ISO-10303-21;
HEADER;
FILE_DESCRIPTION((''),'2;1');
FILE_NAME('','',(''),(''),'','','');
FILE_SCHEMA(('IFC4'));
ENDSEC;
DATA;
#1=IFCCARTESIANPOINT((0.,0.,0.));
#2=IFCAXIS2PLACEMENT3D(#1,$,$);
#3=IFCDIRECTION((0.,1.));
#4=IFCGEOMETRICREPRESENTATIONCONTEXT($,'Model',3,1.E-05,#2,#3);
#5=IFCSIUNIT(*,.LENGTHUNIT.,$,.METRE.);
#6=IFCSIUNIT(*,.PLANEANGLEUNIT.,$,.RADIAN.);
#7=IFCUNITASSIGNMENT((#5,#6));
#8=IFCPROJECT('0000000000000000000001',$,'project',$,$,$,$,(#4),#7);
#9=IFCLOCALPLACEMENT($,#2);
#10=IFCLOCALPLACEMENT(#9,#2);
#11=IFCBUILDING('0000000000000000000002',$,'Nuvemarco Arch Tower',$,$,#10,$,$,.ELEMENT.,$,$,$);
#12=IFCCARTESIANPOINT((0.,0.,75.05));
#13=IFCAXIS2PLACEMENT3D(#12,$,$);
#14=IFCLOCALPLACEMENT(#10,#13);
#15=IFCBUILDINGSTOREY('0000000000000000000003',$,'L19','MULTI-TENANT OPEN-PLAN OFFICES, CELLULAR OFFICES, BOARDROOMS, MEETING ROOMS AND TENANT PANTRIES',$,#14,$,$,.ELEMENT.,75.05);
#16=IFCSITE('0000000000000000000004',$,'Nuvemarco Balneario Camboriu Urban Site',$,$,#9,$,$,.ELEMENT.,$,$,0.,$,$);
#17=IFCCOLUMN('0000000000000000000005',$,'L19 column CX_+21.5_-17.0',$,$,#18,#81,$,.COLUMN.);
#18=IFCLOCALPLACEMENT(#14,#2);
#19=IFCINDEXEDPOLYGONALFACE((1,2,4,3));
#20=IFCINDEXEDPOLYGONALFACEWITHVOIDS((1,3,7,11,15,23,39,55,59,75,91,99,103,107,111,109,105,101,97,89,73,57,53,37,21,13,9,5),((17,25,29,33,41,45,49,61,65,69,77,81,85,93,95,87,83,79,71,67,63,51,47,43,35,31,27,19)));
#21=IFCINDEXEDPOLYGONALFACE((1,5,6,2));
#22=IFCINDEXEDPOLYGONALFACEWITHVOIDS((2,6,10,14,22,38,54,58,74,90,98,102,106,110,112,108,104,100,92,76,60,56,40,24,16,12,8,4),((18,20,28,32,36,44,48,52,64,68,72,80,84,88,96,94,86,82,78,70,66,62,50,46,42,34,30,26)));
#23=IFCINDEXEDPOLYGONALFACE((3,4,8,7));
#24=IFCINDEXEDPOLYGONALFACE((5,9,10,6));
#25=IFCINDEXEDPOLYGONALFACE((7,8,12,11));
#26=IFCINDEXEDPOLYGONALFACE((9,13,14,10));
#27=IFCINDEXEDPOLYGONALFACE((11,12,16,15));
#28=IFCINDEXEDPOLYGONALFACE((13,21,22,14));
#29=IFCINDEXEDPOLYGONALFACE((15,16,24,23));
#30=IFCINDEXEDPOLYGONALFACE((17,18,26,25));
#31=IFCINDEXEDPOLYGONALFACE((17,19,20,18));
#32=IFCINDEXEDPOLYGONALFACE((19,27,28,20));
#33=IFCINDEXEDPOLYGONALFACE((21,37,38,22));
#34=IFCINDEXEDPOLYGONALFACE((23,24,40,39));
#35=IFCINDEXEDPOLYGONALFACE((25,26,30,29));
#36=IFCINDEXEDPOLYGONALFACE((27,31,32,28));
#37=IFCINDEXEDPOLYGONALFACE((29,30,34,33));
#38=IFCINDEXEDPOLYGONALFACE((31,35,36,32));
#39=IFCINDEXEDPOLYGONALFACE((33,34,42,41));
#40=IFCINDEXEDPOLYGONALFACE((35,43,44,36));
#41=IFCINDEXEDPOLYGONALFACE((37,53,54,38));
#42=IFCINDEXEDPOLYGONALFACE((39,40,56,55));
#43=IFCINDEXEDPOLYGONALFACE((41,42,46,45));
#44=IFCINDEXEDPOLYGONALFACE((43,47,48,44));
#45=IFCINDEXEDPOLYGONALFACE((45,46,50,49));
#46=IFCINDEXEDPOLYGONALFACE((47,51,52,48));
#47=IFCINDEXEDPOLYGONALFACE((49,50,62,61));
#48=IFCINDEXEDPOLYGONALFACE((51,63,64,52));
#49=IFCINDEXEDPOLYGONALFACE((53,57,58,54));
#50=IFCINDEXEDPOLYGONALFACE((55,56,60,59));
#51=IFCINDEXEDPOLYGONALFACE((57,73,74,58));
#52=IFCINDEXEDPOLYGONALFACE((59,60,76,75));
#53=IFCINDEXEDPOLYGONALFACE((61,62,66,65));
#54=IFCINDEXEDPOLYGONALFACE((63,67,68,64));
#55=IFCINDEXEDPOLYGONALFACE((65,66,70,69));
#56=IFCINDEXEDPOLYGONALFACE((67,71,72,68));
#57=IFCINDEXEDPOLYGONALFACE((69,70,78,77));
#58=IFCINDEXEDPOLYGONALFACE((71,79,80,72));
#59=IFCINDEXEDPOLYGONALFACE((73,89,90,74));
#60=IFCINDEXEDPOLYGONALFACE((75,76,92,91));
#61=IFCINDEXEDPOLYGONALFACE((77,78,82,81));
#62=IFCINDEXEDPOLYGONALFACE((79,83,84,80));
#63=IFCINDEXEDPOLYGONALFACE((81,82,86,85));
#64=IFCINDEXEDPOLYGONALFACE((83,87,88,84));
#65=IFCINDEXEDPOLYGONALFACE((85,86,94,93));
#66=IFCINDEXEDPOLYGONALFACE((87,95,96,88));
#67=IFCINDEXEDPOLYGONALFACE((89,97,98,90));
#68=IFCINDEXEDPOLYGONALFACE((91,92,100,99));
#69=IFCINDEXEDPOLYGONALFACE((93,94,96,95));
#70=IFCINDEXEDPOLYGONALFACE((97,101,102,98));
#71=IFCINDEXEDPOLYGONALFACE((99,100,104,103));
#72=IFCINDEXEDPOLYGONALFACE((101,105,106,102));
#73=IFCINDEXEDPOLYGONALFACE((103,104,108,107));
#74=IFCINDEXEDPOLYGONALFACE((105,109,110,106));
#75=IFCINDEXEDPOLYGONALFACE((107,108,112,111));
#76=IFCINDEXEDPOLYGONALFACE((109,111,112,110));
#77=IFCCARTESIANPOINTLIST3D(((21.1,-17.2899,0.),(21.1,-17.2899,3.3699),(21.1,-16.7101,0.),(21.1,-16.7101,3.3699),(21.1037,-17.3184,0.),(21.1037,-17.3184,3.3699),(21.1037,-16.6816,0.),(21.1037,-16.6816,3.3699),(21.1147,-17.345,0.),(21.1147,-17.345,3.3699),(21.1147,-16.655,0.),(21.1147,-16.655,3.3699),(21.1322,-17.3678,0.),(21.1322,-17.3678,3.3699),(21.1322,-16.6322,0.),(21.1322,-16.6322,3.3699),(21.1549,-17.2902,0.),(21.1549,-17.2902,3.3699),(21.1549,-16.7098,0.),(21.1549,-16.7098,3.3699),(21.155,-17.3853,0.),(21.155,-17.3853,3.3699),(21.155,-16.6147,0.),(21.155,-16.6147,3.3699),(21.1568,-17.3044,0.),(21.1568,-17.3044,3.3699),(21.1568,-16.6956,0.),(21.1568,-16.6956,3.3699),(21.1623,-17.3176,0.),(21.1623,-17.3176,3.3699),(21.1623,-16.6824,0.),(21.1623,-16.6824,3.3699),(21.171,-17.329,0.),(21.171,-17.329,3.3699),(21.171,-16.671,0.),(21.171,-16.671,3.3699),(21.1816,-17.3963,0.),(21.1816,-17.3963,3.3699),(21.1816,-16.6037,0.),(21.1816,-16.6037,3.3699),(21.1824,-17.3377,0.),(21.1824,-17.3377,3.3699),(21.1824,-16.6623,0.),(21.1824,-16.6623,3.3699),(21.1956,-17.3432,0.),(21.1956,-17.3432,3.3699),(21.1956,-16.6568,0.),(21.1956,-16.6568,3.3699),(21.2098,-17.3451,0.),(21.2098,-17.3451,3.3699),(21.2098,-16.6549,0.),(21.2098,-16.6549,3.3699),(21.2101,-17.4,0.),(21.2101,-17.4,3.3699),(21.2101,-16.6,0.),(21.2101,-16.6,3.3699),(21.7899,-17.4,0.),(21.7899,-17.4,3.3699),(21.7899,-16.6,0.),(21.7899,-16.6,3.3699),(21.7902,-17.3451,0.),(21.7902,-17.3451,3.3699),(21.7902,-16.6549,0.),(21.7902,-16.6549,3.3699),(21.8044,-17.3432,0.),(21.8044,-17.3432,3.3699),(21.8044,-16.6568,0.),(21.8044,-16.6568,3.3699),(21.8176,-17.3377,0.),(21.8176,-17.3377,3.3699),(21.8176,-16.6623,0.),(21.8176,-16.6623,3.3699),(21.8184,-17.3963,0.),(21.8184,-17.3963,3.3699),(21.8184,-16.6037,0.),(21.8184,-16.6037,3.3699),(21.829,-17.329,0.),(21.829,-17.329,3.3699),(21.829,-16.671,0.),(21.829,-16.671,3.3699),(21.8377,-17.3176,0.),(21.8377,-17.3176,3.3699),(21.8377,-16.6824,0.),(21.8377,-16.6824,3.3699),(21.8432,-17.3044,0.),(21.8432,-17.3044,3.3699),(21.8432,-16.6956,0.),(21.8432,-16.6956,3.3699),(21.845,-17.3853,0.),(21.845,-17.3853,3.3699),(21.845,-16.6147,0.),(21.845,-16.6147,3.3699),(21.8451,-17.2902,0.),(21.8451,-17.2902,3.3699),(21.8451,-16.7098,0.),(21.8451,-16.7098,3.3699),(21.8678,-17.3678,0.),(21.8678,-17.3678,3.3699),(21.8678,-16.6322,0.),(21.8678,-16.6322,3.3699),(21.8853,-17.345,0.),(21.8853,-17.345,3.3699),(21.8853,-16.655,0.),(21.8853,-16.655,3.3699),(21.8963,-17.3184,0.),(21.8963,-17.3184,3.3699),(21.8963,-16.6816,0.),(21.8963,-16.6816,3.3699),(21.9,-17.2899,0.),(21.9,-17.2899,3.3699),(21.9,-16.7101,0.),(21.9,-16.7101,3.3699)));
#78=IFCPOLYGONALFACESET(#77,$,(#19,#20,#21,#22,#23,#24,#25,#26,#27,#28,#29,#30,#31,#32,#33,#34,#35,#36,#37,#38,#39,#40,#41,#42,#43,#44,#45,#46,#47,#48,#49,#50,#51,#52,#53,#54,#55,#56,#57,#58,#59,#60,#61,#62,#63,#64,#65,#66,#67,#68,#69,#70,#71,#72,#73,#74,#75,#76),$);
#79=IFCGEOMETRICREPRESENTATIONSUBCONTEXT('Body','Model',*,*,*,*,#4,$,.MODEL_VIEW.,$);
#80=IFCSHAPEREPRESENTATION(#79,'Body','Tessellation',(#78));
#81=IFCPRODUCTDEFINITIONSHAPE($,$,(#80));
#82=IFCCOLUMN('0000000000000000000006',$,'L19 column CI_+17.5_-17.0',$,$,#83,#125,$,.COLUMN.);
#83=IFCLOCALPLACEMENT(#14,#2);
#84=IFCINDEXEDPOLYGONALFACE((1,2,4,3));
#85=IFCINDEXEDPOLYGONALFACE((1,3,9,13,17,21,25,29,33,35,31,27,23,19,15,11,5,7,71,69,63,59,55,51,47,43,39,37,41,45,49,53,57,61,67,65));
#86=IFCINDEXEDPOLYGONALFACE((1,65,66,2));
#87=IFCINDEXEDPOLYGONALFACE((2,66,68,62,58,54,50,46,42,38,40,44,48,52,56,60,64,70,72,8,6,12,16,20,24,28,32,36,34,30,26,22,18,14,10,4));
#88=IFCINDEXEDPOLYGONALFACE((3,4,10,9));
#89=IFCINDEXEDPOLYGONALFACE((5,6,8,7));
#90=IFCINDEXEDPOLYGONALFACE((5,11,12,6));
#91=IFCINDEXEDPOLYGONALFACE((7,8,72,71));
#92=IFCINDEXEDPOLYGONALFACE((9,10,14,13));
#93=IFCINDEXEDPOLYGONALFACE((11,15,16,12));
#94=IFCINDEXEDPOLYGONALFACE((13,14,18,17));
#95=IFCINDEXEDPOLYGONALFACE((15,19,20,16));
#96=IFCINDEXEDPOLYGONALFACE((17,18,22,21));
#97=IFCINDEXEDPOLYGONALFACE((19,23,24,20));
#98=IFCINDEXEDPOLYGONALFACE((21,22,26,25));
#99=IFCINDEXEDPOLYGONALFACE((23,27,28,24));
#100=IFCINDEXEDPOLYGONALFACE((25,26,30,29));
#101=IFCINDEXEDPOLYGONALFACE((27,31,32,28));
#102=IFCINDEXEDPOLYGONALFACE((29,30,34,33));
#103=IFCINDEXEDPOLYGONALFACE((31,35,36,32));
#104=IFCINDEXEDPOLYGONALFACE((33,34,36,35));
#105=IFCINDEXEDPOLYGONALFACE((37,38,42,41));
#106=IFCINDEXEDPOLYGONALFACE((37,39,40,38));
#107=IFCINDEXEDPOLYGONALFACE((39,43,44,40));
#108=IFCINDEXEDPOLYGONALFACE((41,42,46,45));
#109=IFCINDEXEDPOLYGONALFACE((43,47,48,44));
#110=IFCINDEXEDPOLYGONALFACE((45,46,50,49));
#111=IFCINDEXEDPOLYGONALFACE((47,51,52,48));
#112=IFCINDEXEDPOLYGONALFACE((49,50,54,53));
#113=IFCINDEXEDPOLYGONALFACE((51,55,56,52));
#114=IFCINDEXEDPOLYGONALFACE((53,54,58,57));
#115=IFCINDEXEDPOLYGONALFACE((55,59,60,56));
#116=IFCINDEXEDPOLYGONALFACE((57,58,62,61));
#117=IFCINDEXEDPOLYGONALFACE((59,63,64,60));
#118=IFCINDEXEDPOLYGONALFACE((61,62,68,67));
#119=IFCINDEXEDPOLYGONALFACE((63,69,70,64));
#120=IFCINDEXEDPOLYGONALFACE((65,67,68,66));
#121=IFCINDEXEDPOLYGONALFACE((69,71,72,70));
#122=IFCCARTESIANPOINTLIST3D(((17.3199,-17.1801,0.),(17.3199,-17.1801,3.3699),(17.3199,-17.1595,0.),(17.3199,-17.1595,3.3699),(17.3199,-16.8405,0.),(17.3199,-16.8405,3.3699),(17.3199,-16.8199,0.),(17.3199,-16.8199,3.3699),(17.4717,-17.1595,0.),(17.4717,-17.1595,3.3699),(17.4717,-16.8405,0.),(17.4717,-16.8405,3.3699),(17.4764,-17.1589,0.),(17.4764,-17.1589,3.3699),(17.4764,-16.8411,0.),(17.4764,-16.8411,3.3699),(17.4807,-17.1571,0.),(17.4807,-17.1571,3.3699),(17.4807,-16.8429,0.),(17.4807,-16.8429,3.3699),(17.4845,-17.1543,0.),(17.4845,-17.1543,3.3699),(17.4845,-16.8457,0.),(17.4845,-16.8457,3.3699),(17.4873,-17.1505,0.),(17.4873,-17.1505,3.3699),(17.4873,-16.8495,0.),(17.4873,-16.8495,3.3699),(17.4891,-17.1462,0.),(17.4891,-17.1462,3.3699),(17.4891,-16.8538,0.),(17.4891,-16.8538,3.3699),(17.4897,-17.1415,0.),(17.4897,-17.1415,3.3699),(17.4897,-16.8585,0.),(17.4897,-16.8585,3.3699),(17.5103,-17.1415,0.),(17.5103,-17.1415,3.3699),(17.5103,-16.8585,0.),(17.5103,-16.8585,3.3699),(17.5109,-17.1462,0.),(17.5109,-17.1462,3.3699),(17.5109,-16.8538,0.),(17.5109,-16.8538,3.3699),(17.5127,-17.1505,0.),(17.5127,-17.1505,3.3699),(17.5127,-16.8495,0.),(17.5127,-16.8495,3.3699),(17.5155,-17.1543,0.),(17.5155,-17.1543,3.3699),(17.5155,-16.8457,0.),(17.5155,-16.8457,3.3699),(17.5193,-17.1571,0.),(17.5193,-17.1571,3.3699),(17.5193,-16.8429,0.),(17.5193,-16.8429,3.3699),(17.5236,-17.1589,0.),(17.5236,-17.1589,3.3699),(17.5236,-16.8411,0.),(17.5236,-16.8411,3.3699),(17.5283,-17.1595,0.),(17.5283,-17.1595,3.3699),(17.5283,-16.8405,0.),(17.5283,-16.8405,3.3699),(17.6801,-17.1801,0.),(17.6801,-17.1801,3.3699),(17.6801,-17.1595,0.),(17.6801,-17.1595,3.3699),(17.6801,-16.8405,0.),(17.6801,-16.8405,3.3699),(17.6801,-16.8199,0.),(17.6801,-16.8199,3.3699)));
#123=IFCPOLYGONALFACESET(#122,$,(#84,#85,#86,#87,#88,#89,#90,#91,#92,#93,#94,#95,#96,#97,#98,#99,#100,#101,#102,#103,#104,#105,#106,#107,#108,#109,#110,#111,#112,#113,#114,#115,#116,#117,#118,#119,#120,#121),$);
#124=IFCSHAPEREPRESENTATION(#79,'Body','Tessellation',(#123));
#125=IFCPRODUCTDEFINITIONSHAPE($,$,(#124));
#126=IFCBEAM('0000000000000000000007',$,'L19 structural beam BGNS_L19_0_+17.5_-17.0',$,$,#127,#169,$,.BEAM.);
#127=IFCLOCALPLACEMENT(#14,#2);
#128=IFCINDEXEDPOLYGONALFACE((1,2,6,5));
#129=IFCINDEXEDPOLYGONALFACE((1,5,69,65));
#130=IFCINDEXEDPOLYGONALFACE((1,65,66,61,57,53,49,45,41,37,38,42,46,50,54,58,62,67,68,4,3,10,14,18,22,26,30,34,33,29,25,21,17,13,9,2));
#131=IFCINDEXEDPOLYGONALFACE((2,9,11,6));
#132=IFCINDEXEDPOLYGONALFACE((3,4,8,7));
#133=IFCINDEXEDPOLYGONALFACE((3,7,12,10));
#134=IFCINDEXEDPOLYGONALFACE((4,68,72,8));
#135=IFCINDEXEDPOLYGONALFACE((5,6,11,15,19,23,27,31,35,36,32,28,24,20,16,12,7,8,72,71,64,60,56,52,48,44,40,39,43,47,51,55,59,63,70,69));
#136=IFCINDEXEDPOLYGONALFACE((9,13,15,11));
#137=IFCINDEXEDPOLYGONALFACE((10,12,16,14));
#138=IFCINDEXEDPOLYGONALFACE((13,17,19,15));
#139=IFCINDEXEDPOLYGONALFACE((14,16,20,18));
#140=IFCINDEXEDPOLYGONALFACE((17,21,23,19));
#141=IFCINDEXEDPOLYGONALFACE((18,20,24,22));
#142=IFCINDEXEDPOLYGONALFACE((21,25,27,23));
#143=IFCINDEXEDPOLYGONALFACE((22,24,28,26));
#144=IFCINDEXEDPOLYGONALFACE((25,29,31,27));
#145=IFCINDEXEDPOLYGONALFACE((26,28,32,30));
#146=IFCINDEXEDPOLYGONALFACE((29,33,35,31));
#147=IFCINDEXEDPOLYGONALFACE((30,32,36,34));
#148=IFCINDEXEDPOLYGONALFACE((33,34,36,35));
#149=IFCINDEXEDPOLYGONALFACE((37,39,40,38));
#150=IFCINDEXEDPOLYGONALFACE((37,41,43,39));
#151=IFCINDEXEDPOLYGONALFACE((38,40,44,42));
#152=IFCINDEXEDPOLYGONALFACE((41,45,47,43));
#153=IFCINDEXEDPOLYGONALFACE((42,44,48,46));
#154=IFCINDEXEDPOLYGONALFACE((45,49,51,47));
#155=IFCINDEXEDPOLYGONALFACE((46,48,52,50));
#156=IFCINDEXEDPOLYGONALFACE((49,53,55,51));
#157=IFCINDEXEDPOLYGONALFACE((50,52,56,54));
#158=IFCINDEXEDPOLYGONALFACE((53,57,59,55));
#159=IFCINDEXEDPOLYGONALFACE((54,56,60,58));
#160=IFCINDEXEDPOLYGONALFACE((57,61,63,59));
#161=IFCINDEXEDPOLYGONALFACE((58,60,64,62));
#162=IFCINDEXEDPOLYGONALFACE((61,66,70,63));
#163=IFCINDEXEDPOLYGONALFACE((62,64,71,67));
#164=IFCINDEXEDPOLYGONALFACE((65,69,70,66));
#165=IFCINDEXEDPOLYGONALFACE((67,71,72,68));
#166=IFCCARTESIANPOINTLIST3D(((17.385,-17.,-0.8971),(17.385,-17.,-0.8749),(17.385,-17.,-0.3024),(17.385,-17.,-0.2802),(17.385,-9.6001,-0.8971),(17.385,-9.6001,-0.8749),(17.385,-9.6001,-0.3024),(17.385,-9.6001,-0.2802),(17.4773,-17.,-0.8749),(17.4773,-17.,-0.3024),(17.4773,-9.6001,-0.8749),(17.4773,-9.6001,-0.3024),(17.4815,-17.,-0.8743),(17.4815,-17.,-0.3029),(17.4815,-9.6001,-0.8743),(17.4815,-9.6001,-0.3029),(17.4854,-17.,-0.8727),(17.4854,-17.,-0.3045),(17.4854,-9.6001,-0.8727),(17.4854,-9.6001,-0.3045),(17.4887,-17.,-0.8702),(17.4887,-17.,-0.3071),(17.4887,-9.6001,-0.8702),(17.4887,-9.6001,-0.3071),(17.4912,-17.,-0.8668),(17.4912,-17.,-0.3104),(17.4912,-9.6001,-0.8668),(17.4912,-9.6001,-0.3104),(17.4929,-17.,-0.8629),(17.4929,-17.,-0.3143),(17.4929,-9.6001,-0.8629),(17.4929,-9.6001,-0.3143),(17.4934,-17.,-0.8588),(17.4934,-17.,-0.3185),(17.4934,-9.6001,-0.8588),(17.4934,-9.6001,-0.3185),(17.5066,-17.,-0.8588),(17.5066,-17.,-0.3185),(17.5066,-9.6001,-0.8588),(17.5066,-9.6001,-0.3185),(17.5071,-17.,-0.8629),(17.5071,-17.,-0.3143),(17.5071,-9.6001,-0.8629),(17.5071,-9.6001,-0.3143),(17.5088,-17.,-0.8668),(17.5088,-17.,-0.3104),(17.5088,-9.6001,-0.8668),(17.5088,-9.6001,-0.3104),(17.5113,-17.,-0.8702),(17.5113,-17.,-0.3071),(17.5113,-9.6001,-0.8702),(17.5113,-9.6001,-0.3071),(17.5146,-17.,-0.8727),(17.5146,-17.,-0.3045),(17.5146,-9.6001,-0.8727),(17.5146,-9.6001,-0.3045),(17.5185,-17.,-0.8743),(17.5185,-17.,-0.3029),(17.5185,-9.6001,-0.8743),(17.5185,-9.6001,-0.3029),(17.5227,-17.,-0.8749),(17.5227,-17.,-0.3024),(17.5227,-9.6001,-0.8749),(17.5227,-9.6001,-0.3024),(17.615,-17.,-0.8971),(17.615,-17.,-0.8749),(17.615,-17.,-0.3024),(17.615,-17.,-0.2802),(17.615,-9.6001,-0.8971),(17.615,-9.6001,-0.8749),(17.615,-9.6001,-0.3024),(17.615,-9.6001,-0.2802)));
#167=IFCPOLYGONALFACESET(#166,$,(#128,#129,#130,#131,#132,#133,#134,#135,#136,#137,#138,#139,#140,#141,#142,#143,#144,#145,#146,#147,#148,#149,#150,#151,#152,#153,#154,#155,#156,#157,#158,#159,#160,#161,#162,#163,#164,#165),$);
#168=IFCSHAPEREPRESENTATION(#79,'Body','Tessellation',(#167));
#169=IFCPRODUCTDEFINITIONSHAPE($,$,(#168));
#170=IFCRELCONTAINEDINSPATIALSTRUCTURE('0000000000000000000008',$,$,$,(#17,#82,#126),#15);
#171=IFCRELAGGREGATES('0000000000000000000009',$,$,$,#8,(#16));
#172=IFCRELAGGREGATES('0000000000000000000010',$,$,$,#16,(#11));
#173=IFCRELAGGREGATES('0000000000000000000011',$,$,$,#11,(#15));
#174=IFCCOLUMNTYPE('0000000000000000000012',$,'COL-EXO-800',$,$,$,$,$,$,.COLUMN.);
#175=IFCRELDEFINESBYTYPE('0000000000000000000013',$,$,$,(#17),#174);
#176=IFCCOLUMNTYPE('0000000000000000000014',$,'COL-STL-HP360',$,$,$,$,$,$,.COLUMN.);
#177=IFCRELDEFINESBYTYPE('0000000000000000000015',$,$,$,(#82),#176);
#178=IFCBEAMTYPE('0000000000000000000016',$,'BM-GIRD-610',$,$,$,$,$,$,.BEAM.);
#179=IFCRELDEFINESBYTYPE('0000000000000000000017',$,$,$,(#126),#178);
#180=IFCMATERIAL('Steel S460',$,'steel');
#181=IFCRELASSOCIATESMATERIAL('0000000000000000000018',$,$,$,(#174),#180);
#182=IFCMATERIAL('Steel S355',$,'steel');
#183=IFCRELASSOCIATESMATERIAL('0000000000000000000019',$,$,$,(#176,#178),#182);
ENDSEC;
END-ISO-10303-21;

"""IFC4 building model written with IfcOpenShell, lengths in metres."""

from ifc_helpers import new_model, si_unit, direction, frame, origin, origin_2d, place, context, subcontext, project, spatial, hollow_rectangle, i_section, extrude, material, material_profile, profile_set, type_object, element, save


model = new_model("IFC4")

# Units and contexts
model_context = context("Model", 3, precision=1e-05, world=origin(), true_north=direction((0.0, 1.0)))
body_context = subcontext(model_context, "Body", "Model", "MODEL_VIEW")
ifc_project = project(units=[si_unit("LENGTHUNIT", "METRE"), si_unit("PLANEANGLEUNIT", "RADIAN")], contexts=[model_context])

# Site, building, storey
site_placement = place(None, origin())
site = spatial("IfcSite", under=ifc_project, at=site_placement, Name="Nuvemarco Balneario Camboriu Urban Site", CompositionType="ELEMENT", RefElevation=0.0)
building_placement = place(site_placement, origin())
building = spatial("IfcBuilding", under=site, at=building_placement, Name="Nuvemarco Arch Tower", CompositionType="ELEMENT")
storey_placement = place(building_placement, frame((0.0, 0.0, 75.05)))
storey = spatial("IfcBuildingStorey", under=building, at=storey_placement, Name="L19", Description="MULTI-TENANT OPEN-PLAN OFFICES, CELLULAR OFFICES, BOARDROOMS, MEETING ROOMS AND TENANT PANTRIES", CompositionType="ELEMENT", Elevation=75.05)

# Columns
ifc_material_1 = material(Name="Steel S460", Category="steel")
ifc_material_profile_1 = material_profile(ifc_material_1, hollow_rectangle(XDim=0.8, YDim=0.8, WallThickness=0.0549, InnerFilletRadius=0.0549, OuterFilletRadius=0.1101, at=origin_2d()), Name="SHS800x800x55")
ifc_profile_set_1 = profile_set([ifc_material_profile_1], Name="Steel S460")
column_type_1 = type_object("IfcColumnType", Name="COL-EXO-800", PredefinedType="COLUMN", material=ifc_profile_set_1)
column_1_placement = place(storey_placement, frame((21.5, -17.0, 0.0), z_axis=(0.0, 0.0, 1.0), x_axis=(1.0, 0.0, 0.0)))
element("IfcColumn", 1, at=column_1_placement, inside=storey, type_object=column_type_1, Name="L19 column CX_+21.5_-17.0", PredefinedType="COLUMN", context=body_context, shape_type="SweptSolid", body=[
    extrude(hollow_rectangle(XDim=0.8, YDim=0.8, WallThickness=0.0549, InnerFilletRadius=0.0549, OuterFilletRadius=0.1101, at=origin_2d()), origin(), (0.0, 0.0, 1.0), 3.3699),
])
ifc_material_2 = material(Name="Steel S355", Category="steel")
ifc_material_profile_2 = material_profile(ifc_material_2, i_section(OverallWidth=0.3601, OverallDepth=0.3601, WebThickness=0.0205, FlangeThickness=0.0205, FilletRadius=0.0181, at=origin_2d()), Name="HP360x174")
ifc_profile_set_2 = profile_set([ifc_material_profile_2], Name="Steel S355")
column_type_2 = type_object("IfcColumnType", Name="COL-STL-HP360", PredefinedType="COLUMN", material=ifc_profile_set_2)
column_2_placement = place(storey_placement, frame((17.5, -17.0, 0.0), z_axis=(0.0, 0.0, 1.0), x_axis=(1.0, 0.0, 0.0)))
element("IfcColumn", 2, at=column_2_placement, inside=storey, type_object=column_type_2, Name="L19 column CI_+17.5_-17.0", PredefinedType="COLUMN", context=body_context, shape_type="SweptSolid", body=[
    extrude(i_section(OverallWidth=0.3601, OverallDepth=0.3601, WebThickness=0.0205, FlangeThickness=0.0205, FilletRadius=0.0181, at=origin_2d()), origin(), (0.0, 0.0, 1.0), 3.3699),
])

# Beam
ifc_material_profile_3 = material_profile(ifc_material_2, i_section(OverallWidth=0.23, OverallDepth=0.6169, WebThickness=0.0132, FlangeThickness=0.0222, FilletRadius=0.0161, at=origin_2d()), Name="W610x140")
ifc_profile_set_3 = profile_set([ifc_material_profile_3], Name="Steel S355")
beam_type_1 = type_object("IfcBeamType", Name="BM-GIRD-610", PredefinedType="BEAM", material=ifc_profile_set_3)
beam_1_placement = place(storey_placement, frame((17.5, -17.0, -0.5886), z_axis=(0.0, 1.0, 0.0), x_axis=(-1.0, 0.0, 0.0)))
element("IfcBeam", 3, at=beam_1_placement, inside=storey, type_object=beam_type_1, Name="L19 structural beam BGNS_L19_0_+17.5_-17.0", PredefinedType="BEAM", context=body_context, shape_type="SweptSolid", body=[
    extrude(i_section(OverallWidth=0.23, OverallDepth=0.6169, WebThickness=0.0132, FlangeThickness=0.0222, FilletRadius=0.0161, at=origin_2d()), origin(), (0.0, 0.0, 1.0), 7.3999),
])

save(model, "model.ifc")
